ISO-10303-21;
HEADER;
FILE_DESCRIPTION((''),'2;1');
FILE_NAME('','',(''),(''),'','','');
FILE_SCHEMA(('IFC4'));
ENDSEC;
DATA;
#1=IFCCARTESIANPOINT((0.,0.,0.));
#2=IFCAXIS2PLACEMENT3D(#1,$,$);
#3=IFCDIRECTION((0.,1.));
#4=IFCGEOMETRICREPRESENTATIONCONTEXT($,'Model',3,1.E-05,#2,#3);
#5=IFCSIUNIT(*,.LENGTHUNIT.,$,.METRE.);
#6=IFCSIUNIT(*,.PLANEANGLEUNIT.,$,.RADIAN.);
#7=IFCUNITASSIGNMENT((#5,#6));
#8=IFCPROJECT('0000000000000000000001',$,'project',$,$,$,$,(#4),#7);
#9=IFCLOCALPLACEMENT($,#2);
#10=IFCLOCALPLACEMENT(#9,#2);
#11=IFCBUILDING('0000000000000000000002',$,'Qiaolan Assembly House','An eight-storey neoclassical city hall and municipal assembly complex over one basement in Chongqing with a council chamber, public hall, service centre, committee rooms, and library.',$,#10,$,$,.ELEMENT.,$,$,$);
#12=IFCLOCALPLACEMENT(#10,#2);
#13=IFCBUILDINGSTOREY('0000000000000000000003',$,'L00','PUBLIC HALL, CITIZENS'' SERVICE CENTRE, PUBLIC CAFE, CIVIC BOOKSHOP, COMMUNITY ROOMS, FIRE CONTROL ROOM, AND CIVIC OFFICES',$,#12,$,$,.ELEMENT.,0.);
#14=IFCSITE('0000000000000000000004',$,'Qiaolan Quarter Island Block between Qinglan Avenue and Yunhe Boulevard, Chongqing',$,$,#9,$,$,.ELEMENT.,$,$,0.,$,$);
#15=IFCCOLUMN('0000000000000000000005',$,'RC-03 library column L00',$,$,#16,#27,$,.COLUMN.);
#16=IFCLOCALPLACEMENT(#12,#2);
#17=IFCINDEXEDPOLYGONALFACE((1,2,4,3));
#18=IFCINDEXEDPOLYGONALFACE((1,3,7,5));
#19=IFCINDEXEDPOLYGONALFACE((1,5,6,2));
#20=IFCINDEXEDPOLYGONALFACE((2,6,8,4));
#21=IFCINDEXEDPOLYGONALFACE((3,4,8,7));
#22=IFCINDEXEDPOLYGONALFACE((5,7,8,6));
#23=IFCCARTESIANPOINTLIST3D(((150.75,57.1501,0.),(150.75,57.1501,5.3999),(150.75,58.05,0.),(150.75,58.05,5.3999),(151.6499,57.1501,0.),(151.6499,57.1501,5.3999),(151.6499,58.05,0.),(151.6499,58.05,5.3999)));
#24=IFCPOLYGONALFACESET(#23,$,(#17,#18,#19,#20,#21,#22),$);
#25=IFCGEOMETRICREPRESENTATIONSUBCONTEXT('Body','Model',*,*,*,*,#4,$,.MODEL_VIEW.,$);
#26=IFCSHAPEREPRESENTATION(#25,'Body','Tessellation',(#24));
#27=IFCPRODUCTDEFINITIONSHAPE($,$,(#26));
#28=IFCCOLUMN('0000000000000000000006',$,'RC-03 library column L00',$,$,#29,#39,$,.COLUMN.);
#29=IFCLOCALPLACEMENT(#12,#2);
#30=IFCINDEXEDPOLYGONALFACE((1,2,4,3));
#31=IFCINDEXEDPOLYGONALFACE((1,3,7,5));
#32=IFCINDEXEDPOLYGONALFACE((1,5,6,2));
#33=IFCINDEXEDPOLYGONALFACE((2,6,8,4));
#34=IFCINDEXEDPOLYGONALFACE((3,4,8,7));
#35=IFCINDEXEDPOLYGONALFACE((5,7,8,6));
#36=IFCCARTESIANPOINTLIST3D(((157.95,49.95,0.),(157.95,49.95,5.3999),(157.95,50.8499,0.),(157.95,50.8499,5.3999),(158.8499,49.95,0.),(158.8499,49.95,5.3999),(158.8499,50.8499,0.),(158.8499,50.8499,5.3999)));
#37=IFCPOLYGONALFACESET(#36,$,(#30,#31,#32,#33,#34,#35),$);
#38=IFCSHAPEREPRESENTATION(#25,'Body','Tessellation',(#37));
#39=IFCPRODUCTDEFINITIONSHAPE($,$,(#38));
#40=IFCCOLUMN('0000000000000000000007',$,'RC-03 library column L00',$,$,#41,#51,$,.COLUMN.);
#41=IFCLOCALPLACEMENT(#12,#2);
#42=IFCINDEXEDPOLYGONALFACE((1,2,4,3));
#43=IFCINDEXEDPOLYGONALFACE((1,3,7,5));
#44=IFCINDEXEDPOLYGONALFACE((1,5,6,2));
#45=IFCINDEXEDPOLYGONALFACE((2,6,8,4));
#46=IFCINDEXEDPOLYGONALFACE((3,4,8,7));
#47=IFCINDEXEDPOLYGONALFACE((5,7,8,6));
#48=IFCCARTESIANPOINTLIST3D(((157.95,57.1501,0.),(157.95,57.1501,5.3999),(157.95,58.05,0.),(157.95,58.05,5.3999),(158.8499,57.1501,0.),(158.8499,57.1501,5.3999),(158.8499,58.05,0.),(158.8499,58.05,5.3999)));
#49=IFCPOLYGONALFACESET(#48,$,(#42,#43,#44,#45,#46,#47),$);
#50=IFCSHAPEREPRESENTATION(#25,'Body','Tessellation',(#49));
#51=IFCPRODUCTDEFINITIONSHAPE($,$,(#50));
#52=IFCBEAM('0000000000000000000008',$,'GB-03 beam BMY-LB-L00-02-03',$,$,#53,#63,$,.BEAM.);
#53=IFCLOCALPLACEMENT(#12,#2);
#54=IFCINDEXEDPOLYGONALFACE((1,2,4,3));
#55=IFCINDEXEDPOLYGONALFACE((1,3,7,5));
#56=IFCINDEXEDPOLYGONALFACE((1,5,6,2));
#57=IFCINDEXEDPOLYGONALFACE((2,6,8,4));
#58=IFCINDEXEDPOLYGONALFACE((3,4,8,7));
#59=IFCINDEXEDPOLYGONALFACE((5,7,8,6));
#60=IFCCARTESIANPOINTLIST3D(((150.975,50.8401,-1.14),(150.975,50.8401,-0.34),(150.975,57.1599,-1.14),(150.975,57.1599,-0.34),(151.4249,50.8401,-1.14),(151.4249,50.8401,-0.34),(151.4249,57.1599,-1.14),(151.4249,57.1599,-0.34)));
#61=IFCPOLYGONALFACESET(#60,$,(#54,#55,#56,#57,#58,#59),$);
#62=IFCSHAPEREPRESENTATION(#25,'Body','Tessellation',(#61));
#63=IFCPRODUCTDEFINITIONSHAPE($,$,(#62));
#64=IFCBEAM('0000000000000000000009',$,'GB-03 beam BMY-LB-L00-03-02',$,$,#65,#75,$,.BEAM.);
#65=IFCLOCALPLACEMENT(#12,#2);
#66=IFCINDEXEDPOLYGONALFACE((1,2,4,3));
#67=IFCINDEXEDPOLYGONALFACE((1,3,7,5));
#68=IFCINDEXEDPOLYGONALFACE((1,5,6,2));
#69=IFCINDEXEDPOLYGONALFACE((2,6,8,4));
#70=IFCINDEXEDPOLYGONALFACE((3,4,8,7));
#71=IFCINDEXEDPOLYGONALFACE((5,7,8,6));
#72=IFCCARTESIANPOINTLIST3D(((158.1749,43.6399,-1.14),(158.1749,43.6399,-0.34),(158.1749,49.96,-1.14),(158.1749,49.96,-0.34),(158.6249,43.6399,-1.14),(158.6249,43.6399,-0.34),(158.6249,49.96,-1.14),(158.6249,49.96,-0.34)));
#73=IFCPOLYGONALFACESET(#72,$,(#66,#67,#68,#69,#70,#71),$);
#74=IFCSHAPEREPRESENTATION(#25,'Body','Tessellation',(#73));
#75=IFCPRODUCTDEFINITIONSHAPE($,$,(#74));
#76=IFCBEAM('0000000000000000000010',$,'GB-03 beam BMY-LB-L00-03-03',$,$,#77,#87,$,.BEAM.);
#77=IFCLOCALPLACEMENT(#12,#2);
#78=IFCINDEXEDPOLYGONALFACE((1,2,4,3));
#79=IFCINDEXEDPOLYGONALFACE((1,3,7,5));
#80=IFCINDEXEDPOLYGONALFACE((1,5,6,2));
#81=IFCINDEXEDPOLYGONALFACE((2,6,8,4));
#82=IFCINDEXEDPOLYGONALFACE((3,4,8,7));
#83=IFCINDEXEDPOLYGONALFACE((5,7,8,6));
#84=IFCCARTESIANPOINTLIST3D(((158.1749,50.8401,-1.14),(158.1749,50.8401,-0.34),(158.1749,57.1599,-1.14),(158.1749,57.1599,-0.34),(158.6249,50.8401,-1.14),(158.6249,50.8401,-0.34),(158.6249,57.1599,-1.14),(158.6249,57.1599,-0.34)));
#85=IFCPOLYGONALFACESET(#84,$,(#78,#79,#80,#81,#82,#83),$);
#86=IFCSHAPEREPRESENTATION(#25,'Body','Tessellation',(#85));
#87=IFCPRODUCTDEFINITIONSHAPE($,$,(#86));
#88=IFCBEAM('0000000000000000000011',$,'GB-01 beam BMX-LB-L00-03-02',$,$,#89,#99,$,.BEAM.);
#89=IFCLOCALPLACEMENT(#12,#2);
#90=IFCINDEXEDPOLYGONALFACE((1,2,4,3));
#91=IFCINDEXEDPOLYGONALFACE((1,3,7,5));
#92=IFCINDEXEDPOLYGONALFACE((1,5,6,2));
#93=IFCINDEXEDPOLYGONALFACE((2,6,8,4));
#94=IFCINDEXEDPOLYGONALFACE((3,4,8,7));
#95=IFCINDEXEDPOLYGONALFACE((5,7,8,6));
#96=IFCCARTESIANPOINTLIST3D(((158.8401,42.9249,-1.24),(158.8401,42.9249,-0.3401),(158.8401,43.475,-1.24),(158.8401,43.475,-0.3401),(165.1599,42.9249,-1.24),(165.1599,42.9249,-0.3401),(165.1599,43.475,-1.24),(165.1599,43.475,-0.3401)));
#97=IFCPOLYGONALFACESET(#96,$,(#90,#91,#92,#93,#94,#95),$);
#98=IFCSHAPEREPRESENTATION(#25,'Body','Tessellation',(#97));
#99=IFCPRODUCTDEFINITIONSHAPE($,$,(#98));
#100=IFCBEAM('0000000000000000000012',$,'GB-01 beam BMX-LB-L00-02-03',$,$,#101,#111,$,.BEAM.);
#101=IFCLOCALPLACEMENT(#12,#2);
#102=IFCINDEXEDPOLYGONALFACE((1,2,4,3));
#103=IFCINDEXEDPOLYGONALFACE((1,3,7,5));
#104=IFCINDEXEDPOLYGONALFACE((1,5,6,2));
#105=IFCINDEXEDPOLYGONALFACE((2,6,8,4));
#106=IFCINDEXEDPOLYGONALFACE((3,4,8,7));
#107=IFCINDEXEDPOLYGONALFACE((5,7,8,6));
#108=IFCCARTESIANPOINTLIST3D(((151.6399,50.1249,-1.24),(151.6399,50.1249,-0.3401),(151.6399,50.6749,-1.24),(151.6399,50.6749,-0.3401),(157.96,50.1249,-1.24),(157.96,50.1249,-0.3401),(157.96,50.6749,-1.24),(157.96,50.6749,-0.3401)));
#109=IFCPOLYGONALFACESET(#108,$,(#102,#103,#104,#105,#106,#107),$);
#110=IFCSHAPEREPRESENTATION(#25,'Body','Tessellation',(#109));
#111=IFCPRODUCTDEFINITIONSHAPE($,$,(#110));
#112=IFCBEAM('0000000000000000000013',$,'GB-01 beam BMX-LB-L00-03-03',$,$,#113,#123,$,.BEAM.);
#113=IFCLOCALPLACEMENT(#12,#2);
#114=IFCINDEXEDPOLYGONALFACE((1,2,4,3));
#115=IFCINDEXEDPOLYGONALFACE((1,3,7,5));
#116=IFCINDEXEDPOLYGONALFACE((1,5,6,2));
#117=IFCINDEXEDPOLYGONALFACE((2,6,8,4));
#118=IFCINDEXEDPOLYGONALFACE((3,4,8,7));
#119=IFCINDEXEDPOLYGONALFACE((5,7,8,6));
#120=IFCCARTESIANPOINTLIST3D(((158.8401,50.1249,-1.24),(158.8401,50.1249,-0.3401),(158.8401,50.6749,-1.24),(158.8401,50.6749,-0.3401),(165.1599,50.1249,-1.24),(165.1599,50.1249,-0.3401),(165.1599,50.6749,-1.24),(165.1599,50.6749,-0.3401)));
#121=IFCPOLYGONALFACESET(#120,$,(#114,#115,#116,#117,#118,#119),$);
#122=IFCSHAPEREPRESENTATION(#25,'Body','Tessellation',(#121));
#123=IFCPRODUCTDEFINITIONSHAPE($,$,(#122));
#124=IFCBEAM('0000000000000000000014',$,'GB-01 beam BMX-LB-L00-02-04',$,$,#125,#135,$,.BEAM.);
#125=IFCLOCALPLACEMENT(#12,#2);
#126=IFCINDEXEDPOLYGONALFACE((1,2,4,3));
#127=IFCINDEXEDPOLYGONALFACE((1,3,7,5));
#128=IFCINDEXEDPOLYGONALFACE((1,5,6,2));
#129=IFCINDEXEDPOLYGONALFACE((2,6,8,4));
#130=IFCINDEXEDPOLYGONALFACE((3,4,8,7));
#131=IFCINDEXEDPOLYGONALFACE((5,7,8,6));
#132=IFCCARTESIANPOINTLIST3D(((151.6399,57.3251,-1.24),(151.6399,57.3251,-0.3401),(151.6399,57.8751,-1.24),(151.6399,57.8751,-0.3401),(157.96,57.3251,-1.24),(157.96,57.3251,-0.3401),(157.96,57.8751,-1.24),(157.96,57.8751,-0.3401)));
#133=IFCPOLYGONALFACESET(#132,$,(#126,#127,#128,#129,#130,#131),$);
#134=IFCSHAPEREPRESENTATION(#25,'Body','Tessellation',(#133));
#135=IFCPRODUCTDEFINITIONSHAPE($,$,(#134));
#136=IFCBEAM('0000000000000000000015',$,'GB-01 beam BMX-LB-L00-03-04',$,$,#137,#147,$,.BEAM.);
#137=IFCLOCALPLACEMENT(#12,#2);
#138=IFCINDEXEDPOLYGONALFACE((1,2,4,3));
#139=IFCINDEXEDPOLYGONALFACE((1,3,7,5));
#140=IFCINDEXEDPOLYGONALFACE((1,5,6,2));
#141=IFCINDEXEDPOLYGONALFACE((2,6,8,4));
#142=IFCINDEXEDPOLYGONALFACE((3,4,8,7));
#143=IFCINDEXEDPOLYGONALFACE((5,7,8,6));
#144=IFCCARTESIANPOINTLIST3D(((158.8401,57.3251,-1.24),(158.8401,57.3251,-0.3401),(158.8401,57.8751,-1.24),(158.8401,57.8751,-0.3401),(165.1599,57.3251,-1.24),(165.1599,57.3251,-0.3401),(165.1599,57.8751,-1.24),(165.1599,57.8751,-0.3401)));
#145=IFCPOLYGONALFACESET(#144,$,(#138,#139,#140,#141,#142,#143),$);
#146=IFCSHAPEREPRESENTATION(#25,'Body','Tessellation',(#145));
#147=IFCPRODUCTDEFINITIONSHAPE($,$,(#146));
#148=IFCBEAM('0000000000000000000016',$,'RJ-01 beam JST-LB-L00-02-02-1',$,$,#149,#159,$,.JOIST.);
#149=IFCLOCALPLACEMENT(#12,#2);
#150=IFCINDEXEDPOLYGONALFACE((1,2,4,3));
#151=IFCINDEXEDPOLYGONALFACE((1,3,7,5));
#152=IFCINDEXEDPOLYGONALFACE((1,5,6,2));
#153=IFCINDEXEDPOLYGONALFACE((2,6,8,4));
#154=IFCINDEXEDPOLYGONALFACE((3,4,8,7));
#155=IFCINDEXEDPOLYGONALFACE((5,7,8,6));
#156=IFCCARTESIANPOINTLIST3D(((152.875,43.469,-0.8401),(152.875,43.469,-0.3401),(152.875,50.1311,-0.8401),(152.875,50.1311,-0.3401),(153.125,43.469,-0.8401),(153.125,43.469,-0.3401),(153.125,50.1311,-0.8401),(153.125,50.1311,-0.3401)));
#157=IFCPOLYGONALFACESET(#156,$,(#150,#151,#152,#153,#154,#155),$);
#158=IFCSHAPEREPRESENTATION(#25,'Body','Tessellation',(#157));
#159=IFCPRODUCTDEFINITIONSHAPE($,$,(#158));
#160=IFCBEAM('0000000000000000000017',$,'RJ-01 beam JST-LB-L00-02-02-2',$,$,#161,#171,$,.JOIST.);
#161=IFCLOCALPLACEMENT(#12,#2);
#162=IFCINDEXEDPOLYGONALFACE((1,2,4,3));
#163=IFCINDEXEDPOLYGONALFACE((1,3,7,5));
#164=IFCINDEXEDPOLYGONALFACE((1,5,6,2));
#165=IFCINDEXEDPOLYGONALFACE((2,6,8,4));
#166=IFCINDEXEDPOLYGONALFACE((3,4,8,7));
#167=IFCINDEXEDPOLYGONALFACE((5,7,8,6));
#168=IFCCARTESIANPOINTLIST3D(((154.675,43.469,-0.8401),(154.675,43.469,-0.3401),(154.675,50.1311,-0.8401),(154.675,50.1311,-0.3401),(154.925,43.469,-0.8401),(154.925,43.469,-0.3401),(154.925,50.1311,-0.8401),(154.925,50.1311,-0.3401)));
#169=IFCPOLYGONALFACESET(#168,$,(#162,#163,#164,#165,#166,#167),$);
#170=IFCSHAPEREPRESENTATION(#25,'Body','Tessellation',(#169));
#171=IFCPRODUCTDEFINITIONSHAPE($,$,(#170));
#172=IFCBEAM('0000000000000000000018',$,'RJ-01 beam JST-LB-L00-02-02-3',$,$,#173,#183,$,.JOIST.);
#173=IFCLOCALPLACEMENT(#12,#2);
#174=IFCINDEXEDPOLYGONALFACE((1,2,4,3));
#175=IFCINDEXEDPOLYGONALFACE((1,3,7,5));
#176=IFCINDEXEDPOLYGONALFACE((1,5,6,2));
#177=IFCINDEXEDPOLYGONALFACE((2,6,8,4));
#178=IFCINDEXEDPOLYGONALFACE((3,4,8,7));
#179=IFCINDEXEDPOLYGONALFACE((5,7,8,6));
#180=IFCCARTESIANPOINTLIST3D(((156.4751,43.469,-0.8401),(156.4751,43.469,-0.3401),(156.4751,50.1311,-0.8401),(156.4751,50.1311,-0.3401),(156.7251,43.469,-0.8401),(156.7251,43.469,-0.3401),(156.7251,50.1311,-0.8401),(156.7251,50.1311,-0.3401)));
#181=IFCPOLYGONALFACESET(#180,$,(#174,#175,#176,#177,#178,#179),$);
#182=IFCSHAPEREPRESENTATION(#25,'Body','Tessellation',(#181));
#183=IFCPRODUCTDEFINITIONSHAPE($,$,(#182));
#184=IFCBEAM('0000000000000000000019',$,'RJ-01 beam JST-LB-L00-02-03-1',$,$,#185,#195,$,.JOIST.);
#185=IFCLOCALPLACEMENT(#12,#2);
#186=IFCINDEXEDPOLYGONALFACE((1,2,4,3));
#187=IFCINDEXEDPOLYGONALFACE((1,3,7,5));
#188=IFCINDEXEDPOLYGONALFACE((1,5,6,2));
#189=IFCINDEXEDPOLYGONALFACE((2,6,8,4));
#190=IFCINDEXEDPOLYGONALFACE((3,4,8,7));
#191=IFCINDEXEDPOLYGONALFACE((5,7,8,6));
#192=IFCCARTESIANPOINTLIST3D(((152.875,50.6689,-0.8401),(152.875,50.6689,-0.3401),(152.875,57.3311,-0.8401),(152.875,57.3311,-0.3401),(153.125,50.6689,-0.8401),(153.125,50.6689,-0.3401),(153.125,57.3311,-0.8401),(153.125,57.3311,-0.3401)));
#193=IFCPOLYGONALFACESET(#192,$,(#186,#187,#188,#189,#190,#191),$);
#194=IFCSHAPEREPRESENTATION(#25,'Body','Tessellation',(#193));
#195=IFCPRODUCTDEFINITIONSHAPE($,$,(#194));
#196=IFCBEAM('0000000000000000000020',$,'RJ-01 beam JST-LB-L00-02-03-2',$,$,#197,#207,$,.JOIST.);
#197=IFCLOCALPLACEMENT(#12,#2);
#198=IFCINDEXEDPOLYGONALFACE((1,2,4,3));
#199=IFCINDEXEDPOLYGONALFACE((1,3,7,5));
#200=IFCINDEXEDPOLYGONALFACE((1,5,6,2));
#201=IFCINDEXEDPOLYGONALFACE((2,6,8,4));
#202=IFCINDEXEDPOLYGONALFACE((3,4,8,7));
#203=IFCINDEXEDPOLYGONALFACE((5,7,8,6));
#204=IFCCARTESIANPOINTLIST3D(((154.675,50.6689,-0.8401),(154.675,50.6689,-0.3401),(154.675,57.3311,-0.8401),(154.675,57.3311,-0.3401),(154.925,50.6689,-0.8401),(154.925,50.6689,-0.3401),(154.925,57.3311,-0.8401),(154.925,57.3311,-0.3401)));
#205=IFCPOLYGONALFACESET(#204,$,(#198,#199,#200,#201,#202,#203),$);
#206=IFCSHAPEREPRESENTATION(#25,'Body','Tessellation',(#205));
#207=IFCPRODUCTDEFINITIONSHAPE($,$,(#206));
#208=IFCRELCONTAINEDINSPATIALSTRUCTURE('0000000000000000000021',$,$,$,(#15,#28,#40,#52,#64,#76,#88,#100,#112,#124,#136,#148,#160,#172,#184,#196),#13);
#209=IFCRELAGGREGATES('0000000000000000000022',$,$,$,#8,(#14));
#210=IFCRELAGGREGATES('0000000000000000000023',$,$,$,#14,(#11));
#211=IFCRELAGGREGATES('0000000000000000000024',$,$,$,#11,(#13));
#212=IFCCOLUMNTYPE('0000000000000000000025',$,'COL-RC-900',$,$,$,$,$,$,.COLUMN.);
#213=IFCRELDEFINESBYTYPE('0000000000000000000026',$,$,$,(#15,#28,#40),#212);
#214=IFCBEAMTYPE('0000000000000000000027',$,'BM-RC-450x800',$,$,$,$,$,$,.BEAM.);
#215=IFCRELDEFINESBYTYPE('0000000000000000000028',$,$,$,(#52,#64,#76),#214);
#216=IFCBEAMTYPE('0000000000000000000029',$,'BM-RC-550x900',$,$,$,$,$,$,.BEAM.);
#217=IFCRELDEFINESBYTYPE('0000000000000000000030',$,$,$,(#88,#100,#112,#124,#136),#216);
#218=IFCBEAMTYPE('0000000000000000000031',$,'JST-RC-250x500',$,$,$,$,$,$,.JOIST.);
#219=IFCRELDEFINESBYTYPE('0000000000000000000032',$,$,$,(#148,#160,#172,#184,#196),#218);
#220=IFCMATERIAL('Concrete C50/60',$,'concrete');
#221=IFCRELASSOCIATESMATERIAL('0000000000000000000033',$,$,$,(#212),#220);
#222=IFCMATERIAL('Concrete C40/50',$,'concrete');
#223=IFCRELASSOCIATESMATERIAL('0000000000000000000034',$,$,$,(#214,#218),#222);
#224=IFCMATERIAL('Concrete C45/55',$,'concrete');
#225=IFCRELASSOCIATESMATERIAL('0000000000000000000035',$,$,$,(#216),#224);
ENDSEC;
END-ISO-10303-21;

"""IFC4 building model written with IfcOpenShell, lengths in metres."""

from ifc_helpers import new_model, si_unit, direction, frame, origin, origin_2d, place, context, subcontext, project, spatial, rectangle, extrude, material, material_profile, profile_set, type_object, element, save


model = new_model("IFC4")

# Units and contexts
model_context = context("Model", 3, precision=1e-05, world=origin(), true_north=direction((0.0, 1.0)))
body_context = subcontext(model_context, "Body", "Model", "MODEL_VIEW")
ifc_project = project(units=[si_unit("LENGTHUNIT", "METRE"), si_unit("PLANEANGLEUNIT", "RADIAN")], contexts=[model_context])

# Site, building, storey
site_placement = place(None, origin())
site = spatial("IfcSite", under=ifc_project, at=site_placement, Name="Qiaolan Quarter Island Block between Qinglan Avenue and Yunhe Boulevard, Chongqing", CompositionType="ELEMENT", RefElevation=0.0)
building_placement = place(site_placement, origin())
building = spatial("IfcBuilding", under=site, at=building_placement, Name="Qiaolan Assembly House", Description="An eight-storey neoclassical city hall and municipal assembly complex over one basement in Chongqing with a council chamber, public hall, service centre, committee rooms, and library.", CompositionType="ELEMENT")
storey_placement = place(building_placement, origin())
storey = spatial("IfcBuildingStorey", under=building, at=storey_placement, Name="L00", Description="PUBLIC HALL, CITIZENS' SERVICE CENTRE, PUBLIC CAFE, CIVIC BOOKSHOP, COMMUNITY ROOMS, FIRE CONTROL ROOM, AND CIVIC OFFICES", CompositionType="ELEMENT", Elevation=0.0)

# Columns
ifc_material_1 = material(Name="Concrete C50/60", Category="concrete")
ifc_material_profile_1 = material_profile(ifc_material_1, rectangle(XDim=0.8999, YDim=0.8999, at=origin_2d()), Name="RC 900x900")
ifc_profile_set_1 = profile_set([ifc_material_profile_1], Name="Concrete C50/60")
column_type = type_object("IfcColumnType", Name="COL-RC-900", PredefinedType="COLUMN", material=ifc_profile_set_1)
for number, where, z_axis, x_axis, name in (
    (1, (151.2, 57.6001, 0.0), (0.0, 0.0, 1.0), (1.0, 0.0, 0.0), "RC-03 library column L00"),
    (2, (158.3999, 50.3999, 0.0), (0.0, 0.0, 1.0), (1.0, 0.0, 0.0), "RC-03 library column L00"),
    (3, (158.3999, 57.6001, 0.0), (0.0, 0.0, 1.0), (1.0, 0.0, 0.0), "RC-03 library column L00"),
):
    element("IfcColumn", number, at=place(storey_placement, frame(where, z_axis=z_axis, x_axis=x_axis)), inside=storey, type_object=column_type, Name=name, PredefinedType="COLUMN", context=body_context, shape_type="SweptSolid", body=[
        extrude(rectangle(XDim=0.8999, YDim=0.8999, at=origin_2d()), origin(), (0.0, 0.0, 1.0), 5.3999),
    ])

# Beams
ifc_material_2 = material(Name="Concrete C40/50", Category="concrete")
ifc_material_profile_2 = material_profile(ifc_material_2, rectangle(XDim=0.45, YDim=0.8, at=origin_2d()), Name="RCB 450x800")
ifc_profile_set_2 = profile_set([ifc_material_profile_2], Name="Concrete C40/50")
beam_type_1 = type_object("IfcBeamType", Name="BM-RC-450x800", PredefinedType="BEAM", material=ifc_profile_set_2)
beam_1_placement = place(storey_placement, frame((151.2, 50.8401, -0.74), z_axis=(0.0, 1.0, 0.0), x_axis=(-1.0, 0.0, 0.0)))
element("IfcBeam", 4, at=beam_1_placement, inside=storey, type_object=beam_type_1, Name="GB-03 beam BMY-LB-L00-02-03", PredefinedType="BEAM", context=body_context, shape_type="SweptSolid", body=[
    extrude(rectangle(XDim=0.45, YDim=0.8, at=origin_2d()), origin(), (0.0, 0.0, 1.0), 6.3198),
])
beam_2_placement = place(storey_placement, frame((158.3999, 43.6399, -0.74), z_axis=(0.0, 1.0, 0.0), x_axis=(-1.0, 0.0, 0.0)))
element("IfcBeam", 5, at=beam_2_placement, inside=storey, type_object=beam_type_1, Name="GB-03 beam BMY-LB-L00-03-02", PredefinedType="BEAM", context=body_context, shape_type="SweptSolid", body=[
    extrude(rectangle(XDim=0.45, YDim=0.8, at=origin_2d()), origin(), (0.0, 0.0, 1.0), 6.3201),
])
beam_3_placement = place(storey_placement, frame((158.3999, 50.8401, -0.74), z_axis=(0.0, 1.0, 0.0), x_axis=(-1.0, 0.0, 0.0)))
element("IfcBeam", 6, at=beam_3_placement, inside=storey, type_object=beam_type_1, Name="GB-03 beam BMY-LB-L00-03-03", PredefinedType="BEAM", context=body_context, shape_type="SweptSolid", body=[
    extrude(rectangle(XDim=0.45, YDim=0.8, at=origin_2d()), origin(), (0.0, 0.0, 1.0), 6.3198),
])
ifc_material_3 = material(Name="Concrete C45/55", Category="concrete")
ifc_material_profile_3 = material_profile(ifc_material_3, rectangle(XDim=0.55, YDim=0.8999, at=origin_2d()), Name="RCB 550x900")
ifc_profile_set_3 = profile_set([ifc_material_profile_3], Name="Concrete C45/55")
beam_type_2 = type_object("IfcBeamType", Name="BM-RC-550x900", PredefinedType="BEAM", material=ifc_profile_set_3)
beam_4_placement = place(storey_placement, frame((158.8401, 43.2, -0.79), z_axis=(1.0, 0.0, 0.0), x_axis=(0.0, 1.0, 0.0)))
element("IfcBeam", 7, at=beam_4_placement, inside=storey, type_object=beam_type_2, Name="GB-01 beam BMX-LB-L00-03-02", PredefinedType="BEAM", context=body_context, shape_type="SweptSolid", body=[
    extrude(rectangle(XDim=0.55, YDim=0.8999, at=origin_2d()), origin(), (0.0, 0.0, 1.0), 6.3198),
])
beam_5_placement = place(storey_placement, frame((151.6399, 50.3999, -0.79), z_axis=(1.0, 0.0, 0.0), x_axis=(0.0, 1.0, 0.0)))
element("IfcBeam", 8, at=beam_5_placement, inside=storey, type_object=beam_type_2, Name="GB-01 beam BMX-LB-L00-02-03", PredefinedType="BEAM", context=body_context, shape_type="SweptSolid", body=[
    extrude(rectangle(XDim=0.55, YDim=0.8999, at=origin_2d()), origin(), (0.0, 0.0, 1.0), 6.3201),
])
beam_6_placement = place(storey_placement, frame((158.8401, 50.3999, -0.79), z_axis=(1.0, 0.0, 0.0), x_axis=(0.0, 1.0, 0.0)))
element("IfcBeam", 9, at=beam_6_placement, inside=storey, type_object=beam_type_2, Name="GB-01 beam BMX-LB-L00-03-03", PredefinedType="BEAM", context=body_context, shape_type="SweptSolid", body=[
    extrude(rectangle(XDim=0.55, YDim=0.8999, at=origin_2d()), origin(), (0.0, 0.0, 1.0), 6.3198),
])
beam_7_placement = place(storey_placement, frame((151.6399, 57.6001, -0.79), z_axis=(1.0, 0.0, 0.0), x_axis=(0.0, 1.0, 0.0)))
element("IfcBeam", 10, at=beam_7_placement, inside=storey, type_object=beam_type_2, Name="GB-01 beam BMX-LB-L00-02-04", PredefinedType="BEAM", context=body_context, shape_type="SweptSolid", body=[
    extrude(rectangle(XDim=0.55, YDim=0.8999, at=origin_2d()), origin(), (0.0, 0.0, 1.0), 6.3201),
])
beam_8_placement = place(storey_placement, frame((158.8401, 57.6001, -0.79), z_axis=(1.0, 0.0, 0.0), x_axis=(0.0, 1.0, 0.0)))
element("IfcBeam", 11, at=beam_8_placement, inside=storey, type_object=beam_type_2, Name="GB-01 beam BMX-LB-L00-03-04", PredefinedType="BEAM", context=body_context, shape_type="SweptSolid", body=[
    extrude(rectangle(XDim=0.55, YDim=0.8999, at=origin_2d()), origin(), (0.0, 0.0, 1.0), 6.3198),
])
ifc_material_profile_4 = material_profile(ifc_material_2, rectangle(XDim=0.25, YDim=0.5, at=origin_2d()), Name="RCB 250x500")
ifc_profile_set_4 = profile_set([ifc_material_profile_4], Name="Concrete C40/50")
beam_type_3 = type_object("IfcBeamType", Name="JST-RC-250x500", PredefinedType="JOIST", material=ifc_profile_set_4)
for number, where, z_axis, x_axis, name in (
    (12, (153.0, 43.469, -0.5901), (0.0, 1.0, 0.0), (-1.0, 0.0, 0.0), "RJ-01 beam JST-LB-L00-02-02-1"),
    (13, (154.8, 43.469, -0.5901), (0.0, 1.0, 0.0), (-1.0, 0.0, 0.0), "RJ-01 beam JST-LB-L00-02-02-2"),
    (14, (156.6001, 43.469, -0.5901), (0.0, 1.0, 0.0), (-1.0, 0.0, 0.0), "RJ-01 beam JST-LB-L00-02-02-3"),
    (15, (153.0, 50.6689, -0.5901), (0.0, 1.0, 0.0), (-1.0, 0.0, 0.0), "RJ-01 beam JST-LB-L00-02-03-1"),
    (16, (154.8, 50.6689, -0.5901), (0.0, 1.0, 0.0), (-1.0, 0.0, 0.0), "RJ-01 beam JST-LB-L00-02-03-2"),
):
    element("IfcBeam", number, at=place(storey_placement, frame(where, z_axis=z_axis, x_axis=x_axis)), inside=storey, type_object=beam_type_3, Name=name, PredefinedType="JOIST", context=body_context, shape_type="SweptSolid", body=[
        extrude(rectangle(XDim=0.25, YDim=0.5, at=origin_2d()), origin(), (0.0, 0.0, 1.0), 6.6621),
    ])

save(model, "model.ifc")
